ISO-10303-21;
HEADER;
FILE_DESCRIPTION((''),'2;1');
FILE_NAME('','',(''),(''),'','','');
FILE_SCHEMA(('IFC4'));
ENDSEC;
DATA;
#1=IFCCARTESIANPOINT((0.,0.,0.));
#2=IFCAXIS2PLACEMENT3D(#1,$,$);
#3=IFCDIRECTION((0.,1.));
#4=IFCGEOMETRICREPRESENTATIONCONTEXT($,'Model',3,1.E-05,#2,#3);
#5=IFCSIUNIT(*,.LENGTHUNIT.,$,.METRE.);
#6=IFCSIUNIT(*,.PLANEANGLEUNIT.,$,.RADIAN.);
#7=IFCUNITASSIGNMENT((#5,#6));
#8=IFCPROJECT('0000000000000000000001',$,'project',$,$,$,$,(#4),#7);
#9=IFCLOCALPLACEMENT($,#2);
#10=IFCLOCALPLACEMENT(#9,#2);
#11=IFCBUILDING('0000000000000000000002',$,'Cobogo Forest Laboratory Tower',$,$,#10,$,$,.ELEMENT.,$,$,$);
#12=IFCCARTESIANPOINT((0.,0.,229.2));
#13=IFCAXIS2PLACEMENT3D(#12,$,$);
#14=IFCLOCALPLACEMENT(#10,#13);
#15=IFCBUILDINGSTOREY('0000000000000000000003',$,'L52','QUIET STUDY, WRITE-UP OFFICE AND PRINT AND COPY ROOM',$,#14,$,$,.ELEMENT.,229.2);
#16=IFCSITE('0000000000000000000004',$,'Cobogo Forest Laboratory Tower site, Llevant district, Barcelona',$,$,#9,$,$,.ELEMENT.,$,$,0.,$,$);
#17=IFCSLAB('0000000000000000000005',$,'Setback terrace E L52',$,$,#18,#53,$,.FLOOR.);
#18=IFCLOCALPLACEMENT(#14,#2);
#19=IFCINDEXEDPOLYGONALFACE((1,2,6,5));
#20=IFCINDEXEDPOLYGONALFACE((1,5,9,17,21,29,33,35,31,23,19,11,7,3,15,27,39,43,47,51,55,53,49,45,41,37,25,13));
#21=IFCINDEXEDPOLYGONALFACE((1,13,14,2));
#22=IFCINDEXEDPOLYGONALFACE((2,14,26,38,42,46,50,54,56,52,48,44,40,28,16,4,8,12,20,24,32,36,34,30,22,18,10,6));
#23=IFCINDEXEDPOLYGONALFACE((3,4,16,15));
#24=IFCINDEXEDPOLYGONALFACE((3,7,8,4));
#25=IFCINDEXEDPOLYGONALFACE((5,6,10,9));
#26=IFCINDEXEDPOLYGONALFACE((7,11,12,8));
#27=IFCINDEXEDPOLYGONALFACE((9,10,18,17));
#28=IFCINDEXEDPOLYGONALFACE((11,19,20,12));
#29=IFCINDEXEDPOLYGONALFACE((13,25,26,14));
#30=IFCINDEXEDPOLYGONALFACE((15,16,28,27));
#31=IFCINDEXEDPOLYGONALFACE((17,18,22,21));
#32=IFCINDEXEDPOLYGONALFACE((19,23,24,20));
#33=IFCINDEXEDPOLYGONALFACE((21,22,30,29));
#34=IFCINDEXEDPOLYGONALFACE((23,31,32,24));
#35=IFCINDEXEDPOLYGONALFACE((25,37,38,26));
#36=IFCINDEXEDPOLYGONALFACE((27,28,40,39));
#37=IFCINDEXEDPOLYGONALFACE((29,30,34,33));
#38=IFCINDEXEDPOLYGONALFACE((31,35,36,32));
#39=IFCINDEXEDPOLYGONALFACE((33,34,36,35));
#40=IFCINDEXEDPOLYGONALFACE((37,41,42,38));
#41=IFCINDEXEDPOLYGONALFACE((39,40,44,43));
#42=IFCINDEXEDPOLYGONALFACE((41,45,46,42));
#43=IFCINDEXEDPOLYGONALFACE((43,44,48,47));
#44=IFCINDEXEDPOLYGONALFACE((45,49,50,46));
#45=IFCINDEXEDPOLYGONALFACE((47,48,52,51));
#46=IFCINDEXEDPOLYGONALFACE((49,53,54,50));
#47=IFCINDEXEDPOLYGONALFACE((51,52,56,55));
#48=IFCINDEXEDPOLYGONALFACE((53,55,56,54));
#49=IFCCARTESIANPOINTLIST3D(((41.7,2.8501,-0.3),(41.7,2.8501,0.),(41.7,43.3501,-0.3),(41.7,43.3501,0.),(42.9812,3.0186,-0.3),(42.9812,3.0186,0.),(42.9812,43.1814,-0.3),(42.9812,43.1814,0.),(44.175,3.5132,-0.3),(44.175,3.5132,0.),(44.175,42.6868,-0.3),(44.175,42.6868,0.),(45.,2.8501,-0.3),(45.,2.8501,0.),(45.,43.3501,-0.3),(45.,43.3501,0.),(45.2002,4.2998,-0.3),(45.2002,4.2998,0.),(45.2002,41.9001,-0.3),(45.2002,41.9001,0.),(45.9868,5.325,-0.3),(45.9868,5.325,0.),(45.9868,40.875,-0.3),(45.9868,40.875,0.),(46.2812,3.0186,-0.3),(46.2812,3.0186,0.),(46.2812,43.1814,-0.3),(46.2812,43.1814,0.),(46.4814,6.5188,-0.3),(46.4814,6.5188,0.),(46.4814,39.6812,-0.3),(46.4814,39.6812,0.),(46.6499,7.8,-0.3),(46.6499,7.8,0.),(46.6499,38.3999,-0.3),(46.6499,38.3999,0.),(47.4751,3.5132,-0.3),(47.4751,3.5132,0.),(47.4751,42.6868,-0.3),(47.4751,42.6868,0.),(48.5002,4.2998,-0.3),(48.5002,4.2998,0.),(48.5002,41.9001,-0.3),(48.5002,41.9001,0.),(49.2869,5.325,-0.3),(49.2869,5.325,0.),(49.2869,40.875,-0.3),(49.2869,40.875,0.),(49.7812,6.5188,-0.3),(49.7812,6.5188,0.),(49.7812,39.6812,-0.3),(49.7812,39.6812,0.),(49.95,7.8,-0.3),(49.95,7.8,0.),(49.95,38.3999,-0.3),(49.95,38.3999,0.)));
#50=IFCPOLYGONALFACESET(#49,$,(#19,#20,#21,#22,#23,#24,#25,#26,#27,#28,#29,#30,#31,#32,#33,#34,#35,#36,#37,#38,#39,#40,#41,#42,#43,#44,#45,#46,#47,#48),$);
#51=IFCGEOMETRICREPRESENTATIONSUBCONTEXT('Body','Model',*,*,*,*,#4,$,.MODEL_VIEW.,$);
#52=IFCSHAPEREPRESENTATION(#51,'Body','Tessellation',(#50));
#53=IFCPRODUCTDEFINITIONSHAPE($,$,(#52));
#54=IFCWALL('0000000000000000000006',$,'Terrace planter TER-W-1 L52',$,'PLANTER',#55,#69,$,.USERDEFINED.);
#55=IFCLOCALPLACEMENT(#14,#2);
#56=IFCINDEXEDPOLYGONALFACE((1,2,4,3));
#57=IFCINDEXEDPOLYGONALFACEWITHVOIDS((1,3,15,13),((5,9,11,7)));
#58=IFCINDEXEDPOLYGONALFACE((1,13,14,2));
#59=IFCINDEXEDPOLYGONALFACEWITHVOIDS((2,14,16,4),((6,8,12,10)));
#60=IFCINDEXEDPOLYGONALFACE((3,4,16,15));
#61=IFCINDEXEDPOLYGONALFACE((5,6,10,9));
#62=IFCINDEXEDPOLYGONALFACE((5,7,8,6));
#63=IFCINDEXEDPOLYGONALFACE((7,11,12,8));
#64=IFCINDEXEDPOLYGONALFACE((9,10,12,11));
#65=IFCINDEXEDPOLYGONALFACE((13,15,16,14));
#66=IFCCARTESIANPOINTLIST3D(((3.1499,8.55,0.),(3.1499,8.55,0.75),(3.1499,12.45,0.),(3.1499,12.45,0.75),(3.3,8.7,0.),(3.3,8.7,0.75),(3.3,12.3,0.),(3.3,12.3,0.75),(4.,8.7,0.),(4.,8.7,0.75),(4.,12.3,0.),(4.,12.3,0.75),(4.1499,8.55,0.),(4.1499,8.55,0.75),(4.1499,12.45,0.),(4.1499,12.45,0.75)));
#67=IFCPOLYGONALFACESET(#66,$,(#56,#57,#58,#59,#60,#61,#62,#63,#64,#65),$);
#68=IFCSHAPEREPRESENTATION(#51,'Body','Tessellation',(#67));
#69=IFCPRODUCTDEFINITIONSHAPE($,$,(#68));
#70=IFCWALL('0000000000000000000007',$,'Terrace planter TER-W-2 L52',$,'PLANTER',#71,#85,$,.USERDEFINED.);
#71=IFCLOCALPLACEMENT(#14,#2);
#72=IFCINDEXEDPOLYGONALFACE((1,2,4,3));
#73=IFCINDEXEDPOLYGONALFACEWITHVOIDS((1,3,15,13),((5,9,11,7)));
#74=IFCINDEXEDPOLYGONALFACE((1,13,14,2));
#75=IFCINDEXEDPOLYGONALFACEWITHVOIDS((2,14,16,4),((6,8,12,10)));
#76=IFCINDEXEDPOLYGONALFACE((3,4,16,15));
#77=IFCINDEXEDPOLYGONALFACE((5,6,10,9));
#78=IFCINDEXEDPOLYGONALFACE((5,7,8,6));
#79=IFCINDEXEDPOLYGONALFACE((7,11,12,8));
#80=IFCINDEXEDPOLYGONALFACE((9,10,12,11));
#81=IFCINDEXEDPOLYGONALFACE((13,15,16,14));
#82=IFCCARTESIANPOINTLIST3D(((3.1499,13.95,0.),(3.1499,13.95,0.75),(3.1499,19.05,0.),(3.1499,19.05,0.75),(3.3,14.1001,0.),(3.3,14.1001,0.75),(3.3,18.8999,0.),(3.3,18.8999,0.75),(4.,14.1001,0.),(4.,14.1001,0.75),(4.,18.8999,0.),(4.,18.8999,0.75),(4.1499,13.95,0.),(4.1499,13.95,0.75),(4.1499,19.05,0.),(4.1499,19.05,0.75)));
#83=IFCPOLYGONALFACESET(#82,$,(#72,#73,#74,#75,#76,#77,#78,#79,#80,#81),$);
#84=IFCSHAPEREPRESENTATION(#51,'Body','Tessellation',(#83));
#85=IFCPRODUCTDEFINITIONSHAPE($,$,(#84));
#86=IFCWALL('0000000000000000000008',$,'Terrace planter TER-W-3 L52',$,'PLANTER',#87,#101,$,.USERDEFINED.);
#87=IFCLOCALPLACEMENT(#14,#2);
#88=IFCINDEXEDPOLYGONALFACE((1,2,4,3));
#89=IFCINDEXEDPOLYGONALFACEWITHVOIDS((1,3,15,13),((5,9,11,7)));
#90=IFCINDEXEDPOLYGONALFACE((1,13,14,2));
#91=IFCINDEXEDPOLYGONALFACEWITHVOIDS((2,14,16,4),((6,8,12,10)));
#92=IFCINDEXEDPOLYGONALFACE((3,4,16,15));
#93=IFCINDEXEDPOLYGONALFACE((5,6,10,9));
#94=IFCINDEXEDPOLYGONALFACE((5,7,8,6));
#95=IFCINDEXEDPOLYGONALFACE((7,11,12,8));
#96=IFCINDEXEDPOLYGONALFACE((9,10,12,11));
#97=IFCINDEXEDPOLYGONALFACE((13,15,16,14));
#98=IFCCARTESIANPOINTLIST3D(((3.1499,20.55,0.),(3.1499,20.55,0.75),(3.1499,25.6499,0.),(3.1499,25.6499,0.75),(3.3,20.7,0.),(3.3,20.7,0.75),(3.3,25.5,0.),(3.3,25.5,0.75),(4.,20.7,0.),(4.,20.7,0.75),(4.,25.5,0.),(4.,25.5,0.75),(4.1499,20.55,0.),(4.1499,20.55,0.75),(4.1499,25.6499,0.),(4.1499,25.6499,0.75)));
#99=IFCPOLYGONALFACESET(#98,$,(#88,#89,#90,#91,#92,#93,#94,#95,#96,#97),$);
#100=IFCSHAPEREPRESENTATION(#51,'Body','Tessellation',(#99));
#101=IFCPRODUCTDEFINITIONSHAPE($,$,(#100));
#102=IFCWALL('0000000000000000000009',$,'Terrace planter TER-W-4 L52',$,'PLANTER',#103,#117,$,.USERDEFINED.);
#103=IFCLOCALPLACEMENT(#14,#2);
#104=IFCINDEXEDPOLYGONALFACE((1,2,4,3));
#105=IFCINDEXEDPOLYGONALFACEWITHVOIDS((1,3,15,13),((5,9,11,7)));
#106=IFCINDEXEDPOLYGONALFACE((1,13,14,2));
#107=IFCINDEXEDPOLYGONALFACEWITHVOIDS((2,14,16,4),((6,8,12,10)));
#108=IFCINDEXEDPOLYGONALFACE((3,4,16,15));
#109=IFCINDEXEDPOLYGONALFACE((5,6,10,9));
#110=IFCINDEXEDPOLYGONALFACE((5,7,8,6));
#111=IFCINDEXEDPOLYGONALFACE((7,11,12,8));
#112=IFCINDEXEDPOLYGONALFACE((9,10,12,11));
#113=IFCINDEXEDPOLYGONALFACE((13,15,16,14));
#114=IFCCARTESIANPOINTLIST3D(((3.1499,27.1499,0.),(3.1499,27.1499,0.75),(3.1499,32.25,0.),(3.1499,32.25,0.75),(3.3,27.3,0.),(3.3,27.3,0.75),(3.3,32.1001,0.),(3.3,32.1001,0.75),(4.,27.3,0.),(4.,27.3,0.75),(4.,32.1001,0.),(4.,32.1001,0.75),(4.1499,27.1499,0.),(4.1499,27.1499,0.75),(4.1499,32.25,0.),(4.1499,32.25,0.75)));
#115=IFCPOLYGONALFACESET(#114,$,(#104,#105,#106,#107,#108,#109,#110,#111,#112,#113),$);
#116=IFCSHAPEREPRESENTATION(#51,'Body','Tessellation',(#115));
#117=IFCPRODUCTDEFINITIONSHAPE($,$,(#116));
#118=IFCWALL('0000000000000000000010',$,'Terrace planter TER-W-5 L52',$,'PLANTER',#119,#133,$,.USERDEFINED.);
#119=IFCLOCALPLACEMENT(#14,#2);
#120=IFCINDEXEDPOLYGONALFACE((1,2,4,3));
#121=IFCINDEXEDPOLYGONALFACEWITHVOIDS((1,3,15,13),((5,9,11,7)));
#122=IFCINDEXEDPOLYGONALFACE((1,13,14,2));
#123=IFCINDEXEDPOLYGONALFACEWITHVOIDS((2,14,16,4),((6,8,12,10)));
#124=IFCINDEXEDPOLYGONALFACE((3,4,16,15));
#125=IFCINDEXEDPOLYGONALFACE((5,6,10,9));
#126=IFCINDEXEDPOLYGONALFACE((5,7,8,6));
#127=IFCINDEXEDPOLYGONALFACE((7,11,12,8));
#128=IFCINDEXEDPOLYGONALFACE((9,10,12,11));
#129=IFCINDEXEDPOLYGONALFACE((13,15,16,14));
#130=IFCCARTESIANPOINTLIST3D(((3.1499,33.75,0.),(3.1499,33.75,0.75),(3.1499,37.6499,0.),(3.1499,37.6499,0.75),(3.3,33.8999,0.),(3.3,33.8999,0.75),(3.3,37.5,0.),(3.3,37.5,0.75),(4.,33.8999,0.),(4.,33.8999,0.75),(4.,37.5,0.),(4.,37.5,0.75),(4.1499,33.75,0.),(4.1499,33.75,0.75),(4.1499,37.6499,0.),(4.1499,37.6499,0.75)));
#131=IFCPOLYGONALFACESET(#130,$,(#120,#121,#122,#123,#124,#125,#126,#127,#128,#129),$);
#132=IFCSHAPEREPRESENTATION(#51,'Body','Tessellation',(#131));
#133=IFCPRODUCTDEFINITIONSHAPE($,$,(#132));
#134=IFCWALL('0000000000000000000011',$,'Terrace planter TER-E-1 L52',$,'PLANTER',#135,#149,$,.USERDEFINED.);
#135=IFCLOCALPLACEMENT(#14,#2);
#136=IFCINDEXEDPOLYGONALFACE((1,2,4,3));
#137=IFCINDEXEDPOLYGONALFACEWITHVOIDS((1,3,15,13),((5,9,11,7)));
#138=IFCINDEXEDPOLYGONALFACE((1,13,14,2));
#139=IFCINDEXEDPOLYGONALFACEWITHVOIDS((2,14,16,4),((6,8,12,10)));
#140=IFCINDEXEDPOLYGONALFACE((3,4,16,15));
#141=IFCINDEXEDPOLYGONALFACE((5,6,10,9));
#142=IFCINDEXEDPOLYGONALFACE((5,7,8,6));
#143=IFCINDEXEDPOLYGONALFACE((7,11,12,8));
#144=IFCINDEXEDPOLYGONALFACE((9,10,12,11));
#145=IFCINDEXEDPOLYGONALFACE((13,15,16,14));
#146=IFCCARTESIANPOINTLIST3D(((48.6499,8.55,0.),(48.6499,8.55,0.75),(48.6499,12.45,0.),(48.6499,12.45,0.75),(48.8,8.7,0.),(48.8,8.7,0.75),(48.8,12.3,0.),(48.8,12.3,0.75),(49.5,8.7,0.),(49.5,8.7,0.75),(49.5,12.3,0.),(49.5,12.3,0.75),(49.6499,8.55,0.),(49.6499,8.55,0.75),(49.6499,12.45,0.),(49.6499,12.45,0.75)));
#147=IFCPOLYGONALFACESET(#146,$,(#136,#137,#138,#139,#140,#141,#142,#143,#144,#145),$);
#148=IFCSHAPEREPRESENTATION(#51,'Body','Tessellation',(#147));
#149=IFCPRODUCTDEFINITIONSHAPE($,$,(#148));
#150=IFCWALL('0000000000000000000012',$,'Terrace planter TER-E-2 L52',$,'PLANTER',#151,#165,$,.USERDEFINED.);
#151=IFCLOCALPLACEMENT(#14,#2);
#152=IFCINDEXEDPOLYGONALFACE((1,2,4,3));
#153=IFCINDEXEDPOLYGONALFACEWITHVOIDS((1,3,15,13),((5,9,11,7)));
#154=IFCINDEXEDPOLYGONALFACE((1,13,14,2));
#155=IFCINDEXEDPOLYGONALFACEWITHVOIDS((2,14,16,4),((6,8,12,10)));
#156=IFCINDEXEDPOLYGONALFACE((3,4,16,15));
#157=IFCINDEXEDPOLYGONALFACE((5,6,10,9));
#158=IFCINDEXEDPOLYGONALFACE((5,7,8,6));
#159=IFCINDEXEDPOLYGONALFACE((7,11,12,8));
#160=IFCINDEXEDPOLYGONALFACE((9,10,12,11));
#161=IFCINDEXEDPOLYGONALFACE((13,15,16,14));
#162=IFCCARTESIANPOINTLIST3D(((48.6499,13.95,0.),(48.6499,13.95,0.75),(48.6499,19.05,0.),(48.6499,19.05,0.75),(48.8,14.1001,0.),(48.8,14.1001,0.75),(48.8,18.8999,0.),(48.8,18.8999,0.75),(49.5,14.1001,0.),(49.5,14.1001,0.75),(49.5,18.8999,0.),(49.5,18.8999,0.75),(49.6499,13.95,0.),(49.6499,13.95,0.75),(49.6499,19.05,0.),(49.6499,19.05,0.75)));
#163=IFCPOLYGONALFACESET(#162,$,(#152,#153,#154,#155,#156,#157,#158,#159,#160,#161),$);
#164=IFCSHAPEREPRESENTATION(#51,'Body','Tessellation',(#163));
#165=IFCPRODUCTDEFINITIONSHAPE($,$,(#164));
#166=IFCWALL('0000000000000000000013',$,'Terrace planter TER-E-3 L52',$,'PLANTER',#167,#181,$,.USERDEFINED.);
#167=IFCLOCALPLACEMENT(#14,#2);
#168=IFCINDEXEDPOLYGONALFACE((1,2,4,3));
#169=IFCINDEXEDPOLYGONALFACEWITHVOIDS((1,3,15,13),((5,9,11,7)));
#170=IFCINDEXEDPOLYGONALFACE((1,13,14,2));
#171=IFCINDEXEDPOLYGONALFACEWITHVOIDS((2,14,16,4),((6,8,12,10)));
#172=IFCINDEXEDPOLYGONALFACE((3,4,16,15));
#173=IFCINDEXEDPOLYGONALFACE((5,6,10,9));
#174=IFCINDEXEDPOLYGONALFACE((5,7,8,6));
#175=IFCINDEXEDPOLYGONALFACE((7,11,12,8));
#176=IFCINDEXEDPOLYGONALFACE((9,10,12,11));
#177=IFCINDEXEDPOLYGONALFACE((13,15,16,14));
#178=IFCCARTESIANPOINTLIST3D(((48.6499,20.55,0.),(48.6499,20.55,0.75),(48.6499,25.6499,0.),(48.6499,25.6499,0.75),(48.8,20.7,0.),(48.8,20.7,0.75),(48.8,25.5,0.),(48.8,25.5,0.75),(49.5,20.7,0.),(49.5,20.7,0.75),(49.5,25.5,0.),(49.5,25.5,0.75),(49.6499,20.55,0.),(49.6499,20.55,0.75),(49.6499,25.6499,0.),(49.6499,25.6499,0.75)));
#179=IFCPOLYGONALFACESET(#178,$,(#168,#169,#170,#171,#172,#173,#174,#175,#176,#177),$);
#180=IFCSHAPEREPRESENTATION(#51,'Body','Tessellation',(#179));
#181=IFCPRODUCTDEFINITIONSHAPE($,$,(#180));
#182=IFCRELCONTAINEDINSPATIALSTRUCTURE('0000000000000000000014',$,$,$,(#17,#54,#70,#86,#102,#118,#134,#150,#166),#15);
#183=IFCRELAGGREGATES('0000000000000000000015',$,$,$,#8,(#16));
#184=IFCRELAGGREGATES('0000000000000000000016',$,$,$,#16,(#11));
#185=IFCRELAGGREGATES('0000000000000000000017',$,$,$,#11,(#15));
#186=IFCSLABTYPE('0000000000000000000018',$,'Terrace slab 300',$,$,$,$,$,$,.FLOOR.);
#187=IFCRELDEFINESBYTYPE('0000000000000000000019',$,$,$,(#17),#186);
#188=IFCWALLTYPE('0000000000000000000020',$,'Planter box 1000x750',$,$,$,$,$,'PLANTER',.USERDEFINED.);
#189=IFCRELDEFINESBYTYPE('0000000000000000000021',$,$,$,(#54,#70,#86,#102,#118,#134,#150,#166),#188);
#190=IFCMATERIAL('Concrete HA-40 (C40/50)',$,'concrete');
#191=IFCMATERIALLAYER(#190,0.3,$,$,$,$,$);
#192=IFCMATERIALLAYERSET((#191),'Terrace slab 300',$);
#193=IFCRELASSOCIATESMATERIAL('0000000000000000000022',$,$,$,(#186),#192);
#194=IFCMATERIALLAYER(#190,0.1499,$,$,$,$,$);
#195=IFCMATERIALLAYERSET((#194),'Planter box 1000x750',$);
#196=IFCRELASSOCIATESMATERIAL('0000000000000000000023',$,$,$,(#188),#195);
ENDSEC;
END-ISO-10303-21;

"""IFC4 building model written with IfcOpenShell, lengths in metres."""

from ifc_helpers import new_model, si_unit, direction, frame, origin, place, context, subcontext, project, spatial, polyline, outline, extrude, material, layer, layer_set, type_object, element, save


model = new_model("IFC4")

# Units and contexts
model_context = context("Model", 3, precision=1e-05, world=origin(), true_north=direction((0.0, 1.0)))
body_context = subcontext(model_context, "Body", "Model", "MODEL_VIEW")
ifc_project = project(units=[si_unit("LENGTHUNIT", "METRE"), si_unit("PLANEANGLEUNIT", "RADIAN")], contexts=[model_context])

# Site, building, storey
site_placement = place(None, origin())
site = spatial("IfcSite", under=ifc_project, at=site_placement, Name="Cobogo Forest Laboratory Tower site, Llevant district, Barcelona", CompositionType="ELEMENT", RefElevation=0.0)
building_placement = place(site_placement, origin())
building = spatial("IfcBuilding", under=site, at=building_placement, Name="Cobogo Forest Laboratory Tower", CompositionType="ELEMENT")
storey_placement = place(building_placement, frame((0.0, 0.0, 229.2)))
storey = spatial("IfcBuildingStorey", under=building, at=storey_placement, Name="L52", Description="QUIET STUDY, WRITE-UP OFFICE AND PRINT AND COPY ROOM", CompositionType="ELEMENT", Elevation=229.2)

# Shared definitions
ifc_material_1 = material(Name="Concrete HA-40 (C40/50)", Category="concrete")

# Slab
ifc_layer_1 = layer(ifc_material_1, 0.3)
ifc_layer_set_1 = layer_set([ifc_layer_1], Name="Terrace slab 300")
slab_type_1 = type_object("IfcSlabType", Name="Terrace slab 300", PredefinedType="FLOOR", material=ifc_layer_set_1)
slab_1_placement = place(storey_placement, frame((0.0, 0.0, -0.3)))
element("IfcSlab", 1, at=slab_1_placement, inside=storey, type_object=slab_type_1, Name="Setback terrace E L52", PredefinedType="FLOOR", context=body_context, shape_type="SweptSolid", body=[
    extrude(outline(polyline([(45.0, 43.3501), (41.7, 43.3501), (42.9812, 43.1814), (44.175, 42.6868), (45.2002, 41.9001), (45.9868, 40.875), (46.4814, 39.6812), (46.6499, 38.3999), (46.6499, 7.8), (46.4814, 6.5188), (45.9868, 5.325), (45.2002, 4.2998), (44.175, 3.5132), (42.9812, 3.0186), (41.7, 2.8501), (45.0, 2.8501), (46.2812, 3.0186), (47.4751, 3.5132), (48.5002, 4.2998), (49.2869, 5.325), (49.7812, 6.5188), (49.95, 7.8), (49.95, 38.3999), (49.7812, 39.6812), (49.2869, 40.875), (48.5002, 41.9001), (47.4751, 42.6868), (46.2812, 43.1814), (45.0, 43.3501)])), origin(), (0.0, 0.0, 1.0), 0.3),
])

# Walls
ifc_layer_2 = layer(ifc_material_1, 0.1499)
ifc_layer_set_2 = layer_set([ifc_layer_2], Name="Planter box 1000x750")
wall_type = type_object("IfcWallType", Name="Planter box 1000x750", ElementType="PLANTER", PredefinedType="USERDEFINED", material=ifc_layer_set_2)
wall_1_placement = place(storey_placement, origin())
element("IfcWall", 2, at=wall_1_placement, inside=storey, type_object=wall_type, Name="Terrace planter TER-W-1 L52", ObjectType="PLANTER", PredefinedType="USERDEFINED", context=body_context, shape_type="SweptSolid", body=[
    extrude(outline(polyline([(3.1499, 8.55), (4.1499, 8.55), (4.1499, 12.45), (3.1499, 12.45), (3.1499, 8.55)]), holes=[polyline([(3.3, 8.7), (4.0, 8.7), (4.0, 12.3), (3.3, 12.3), (3.3, 8.7)])]), origin(), (0.0, 0.0, 1.0), 0.75),
])
wall_2_placement = place(storey_placement, origin())
element("IfcWall", 3, at=wall_2_placement, inside=storey, type_object=wall_type, Name="Terrace planter TER-W-2 L52", ObjectType="PLANTER", PredefinedType="USERDEFINED", context=body_context, shape_type="SweptSolid", body=[
    extrude(outline(polyline([(3.1499, 13.95), (4.1499, 13.95), (4.1499, 19.05), (3.1499, 19.05), (3.1499, 13.95)]), holes=[polyline([(3.3, 14.1001), (4.0, 14.1001), (4.0, 18.8999), (3.3, 18.8999), (3.3, 14.1001)])]), origin(), (0.0, 0.0, 1.0), 0.75),
])
wall_3_placement = place(storey_placement, origin())
element("IfcWall", 4, at=wall_3_placement, inside=storey, type_object=wall_type, Name="Terrace planter TER-W-3 L52", ObjectType="PLANTER", PredefinedType="USERDEFINED", context=body_context, shape_type="SweptSolid", body=[
    extrude(outline(polyline([(3.1499, 20.55), (4.1499, 20.55), (4.1499, 25.6499), (3.1499, 25.6499), (3.1499, 20.55)]), holes=[polyline([(3.3, 20.7), (4.0, 20.7), (4.0, 25.5), (3.3, 25.5), (3.3, 20.7)])]), origin(), (0.0, 0.0, 1.0), 0.75),
])
wall_4_placement = place(storey_placement, origin())
element("IfcWall", 5, at=wall_4_placement, inside=storey, type_object=wall_type, Name="Terrace planter TER-W-4 L52", ObjectType="PLANTER", PredefinedType="USERDEFINED", context=body_context, shape_type="SweptSolid", body=[
    extrude(outline(polyline([(3.1499, 27.1499), (4.1499, 27.1499), (4.1499, 32.25), (3.1499, 32.25), (3.1499, 27.1499)]), holes=[polyline([(3.3, 27.3), (4.0, 27.3), (4.0, 32.1001), (3.3, 32.1001), (3.3, 27.3)])]), origin(), (0.0, 0.0, 1.0), 0.75),
])
wall_5_placement = place(storey_placement, origin())
element("IfcWall", 6, at=wall_5_placement, inside=storey, type_object=wall_type, Name="Terrace planter TER-W-5 L52", ObjectType="PLANTER", PredefinedType="USERDEFINED", context=body_context, shape_type="SweptSolid", body=[
    extrude(outline(polyline([(3.1499, 33.75), (4.1499, 33.75), (4.1499, 37.6499), (3.1499, 37.6499), (3.1499, 33.75)]), holes=[polyline([(3.3, 33.8999), (4.0, 33.8999), (4.0, 37.5), (3.3, 37.5), (3.3, 33.8999)])]), origin(), (0.0, 0.0, 1.0), 0.75),
])
wall_6_placement = place(storey_placement, origin())
element("IfcWall", 7, at=wall_6_placement, inside=storey, type_object=wall_type, Name="Terrace planter TER-E-1 L52", ObjectType="PLANTER", PredefinedType="USERDEFINED", context=body_context, shape_type="SweptSolid", body=[
    extrude(outline(polyline([(48.6499, 8.55), (49.6499, 8.55), (49.6499, 12.45), (48.6499, 12.45), (48.6499, 8.55)]), holes=[polyline([(48.8, 8.7), (49.5, 8.7), (49.5, 12.3), (48.8, 12.3), (48.8, 8.7)])]), origin(), (0.0, 0.0, 1.0), 0.75),
])
wall_7_placement = place(storey_placement, origin())
element("IfcWall", 8, at=wall_7_placement, inside=storey, type_object=wall_type, Name="Terrace planter TER-E-2 L52", ObjectType="PLANTER", PredefinedType="USERDEFINED", context=body_context, shape_type="SweptSolid", body=[
    extrude(outline(polyline([(48.6499, 13.95), (49.6499, 13.95), (49.6499, 19.05), (48.6499, 19.05), (48.6499, 13.95)]), holes=[polyline([(48.8, 14.1001), (49.5, 14.1001), (49.5, 18.8999), (48.8, 18.8999), (48.8, 14.1001)])]), origin(), (0.0, 0.0, 1.0), 0.75),
])
wall_8_placement = place(storey_placement, origin())
element("IfcWall", 9, at=wall_8_placement, inside=storey, type_object=wall_type, Name="Terrace planter TER-E-3 L52", ObjectType="PLANTER", PredefinedType="USERDEFINED", context=body_context, shape_type="SweptSolid", body=[
    extrude(outline(polyline([(48.6499, 20.55), (49.6499, 20.55), (49.6499, 25.6499), (48.6499, 25.6499), (48.6499, 20.55)]), holes=[polyline([(48.8, 20.7), (49.5, 20.7), (49.5, 25.5), (48.8, 25.5), (48.8, 20.7)])]), origin(), (0.0, 0.0, 1.0), 0.75),
])

save(model, "model.ifc")
